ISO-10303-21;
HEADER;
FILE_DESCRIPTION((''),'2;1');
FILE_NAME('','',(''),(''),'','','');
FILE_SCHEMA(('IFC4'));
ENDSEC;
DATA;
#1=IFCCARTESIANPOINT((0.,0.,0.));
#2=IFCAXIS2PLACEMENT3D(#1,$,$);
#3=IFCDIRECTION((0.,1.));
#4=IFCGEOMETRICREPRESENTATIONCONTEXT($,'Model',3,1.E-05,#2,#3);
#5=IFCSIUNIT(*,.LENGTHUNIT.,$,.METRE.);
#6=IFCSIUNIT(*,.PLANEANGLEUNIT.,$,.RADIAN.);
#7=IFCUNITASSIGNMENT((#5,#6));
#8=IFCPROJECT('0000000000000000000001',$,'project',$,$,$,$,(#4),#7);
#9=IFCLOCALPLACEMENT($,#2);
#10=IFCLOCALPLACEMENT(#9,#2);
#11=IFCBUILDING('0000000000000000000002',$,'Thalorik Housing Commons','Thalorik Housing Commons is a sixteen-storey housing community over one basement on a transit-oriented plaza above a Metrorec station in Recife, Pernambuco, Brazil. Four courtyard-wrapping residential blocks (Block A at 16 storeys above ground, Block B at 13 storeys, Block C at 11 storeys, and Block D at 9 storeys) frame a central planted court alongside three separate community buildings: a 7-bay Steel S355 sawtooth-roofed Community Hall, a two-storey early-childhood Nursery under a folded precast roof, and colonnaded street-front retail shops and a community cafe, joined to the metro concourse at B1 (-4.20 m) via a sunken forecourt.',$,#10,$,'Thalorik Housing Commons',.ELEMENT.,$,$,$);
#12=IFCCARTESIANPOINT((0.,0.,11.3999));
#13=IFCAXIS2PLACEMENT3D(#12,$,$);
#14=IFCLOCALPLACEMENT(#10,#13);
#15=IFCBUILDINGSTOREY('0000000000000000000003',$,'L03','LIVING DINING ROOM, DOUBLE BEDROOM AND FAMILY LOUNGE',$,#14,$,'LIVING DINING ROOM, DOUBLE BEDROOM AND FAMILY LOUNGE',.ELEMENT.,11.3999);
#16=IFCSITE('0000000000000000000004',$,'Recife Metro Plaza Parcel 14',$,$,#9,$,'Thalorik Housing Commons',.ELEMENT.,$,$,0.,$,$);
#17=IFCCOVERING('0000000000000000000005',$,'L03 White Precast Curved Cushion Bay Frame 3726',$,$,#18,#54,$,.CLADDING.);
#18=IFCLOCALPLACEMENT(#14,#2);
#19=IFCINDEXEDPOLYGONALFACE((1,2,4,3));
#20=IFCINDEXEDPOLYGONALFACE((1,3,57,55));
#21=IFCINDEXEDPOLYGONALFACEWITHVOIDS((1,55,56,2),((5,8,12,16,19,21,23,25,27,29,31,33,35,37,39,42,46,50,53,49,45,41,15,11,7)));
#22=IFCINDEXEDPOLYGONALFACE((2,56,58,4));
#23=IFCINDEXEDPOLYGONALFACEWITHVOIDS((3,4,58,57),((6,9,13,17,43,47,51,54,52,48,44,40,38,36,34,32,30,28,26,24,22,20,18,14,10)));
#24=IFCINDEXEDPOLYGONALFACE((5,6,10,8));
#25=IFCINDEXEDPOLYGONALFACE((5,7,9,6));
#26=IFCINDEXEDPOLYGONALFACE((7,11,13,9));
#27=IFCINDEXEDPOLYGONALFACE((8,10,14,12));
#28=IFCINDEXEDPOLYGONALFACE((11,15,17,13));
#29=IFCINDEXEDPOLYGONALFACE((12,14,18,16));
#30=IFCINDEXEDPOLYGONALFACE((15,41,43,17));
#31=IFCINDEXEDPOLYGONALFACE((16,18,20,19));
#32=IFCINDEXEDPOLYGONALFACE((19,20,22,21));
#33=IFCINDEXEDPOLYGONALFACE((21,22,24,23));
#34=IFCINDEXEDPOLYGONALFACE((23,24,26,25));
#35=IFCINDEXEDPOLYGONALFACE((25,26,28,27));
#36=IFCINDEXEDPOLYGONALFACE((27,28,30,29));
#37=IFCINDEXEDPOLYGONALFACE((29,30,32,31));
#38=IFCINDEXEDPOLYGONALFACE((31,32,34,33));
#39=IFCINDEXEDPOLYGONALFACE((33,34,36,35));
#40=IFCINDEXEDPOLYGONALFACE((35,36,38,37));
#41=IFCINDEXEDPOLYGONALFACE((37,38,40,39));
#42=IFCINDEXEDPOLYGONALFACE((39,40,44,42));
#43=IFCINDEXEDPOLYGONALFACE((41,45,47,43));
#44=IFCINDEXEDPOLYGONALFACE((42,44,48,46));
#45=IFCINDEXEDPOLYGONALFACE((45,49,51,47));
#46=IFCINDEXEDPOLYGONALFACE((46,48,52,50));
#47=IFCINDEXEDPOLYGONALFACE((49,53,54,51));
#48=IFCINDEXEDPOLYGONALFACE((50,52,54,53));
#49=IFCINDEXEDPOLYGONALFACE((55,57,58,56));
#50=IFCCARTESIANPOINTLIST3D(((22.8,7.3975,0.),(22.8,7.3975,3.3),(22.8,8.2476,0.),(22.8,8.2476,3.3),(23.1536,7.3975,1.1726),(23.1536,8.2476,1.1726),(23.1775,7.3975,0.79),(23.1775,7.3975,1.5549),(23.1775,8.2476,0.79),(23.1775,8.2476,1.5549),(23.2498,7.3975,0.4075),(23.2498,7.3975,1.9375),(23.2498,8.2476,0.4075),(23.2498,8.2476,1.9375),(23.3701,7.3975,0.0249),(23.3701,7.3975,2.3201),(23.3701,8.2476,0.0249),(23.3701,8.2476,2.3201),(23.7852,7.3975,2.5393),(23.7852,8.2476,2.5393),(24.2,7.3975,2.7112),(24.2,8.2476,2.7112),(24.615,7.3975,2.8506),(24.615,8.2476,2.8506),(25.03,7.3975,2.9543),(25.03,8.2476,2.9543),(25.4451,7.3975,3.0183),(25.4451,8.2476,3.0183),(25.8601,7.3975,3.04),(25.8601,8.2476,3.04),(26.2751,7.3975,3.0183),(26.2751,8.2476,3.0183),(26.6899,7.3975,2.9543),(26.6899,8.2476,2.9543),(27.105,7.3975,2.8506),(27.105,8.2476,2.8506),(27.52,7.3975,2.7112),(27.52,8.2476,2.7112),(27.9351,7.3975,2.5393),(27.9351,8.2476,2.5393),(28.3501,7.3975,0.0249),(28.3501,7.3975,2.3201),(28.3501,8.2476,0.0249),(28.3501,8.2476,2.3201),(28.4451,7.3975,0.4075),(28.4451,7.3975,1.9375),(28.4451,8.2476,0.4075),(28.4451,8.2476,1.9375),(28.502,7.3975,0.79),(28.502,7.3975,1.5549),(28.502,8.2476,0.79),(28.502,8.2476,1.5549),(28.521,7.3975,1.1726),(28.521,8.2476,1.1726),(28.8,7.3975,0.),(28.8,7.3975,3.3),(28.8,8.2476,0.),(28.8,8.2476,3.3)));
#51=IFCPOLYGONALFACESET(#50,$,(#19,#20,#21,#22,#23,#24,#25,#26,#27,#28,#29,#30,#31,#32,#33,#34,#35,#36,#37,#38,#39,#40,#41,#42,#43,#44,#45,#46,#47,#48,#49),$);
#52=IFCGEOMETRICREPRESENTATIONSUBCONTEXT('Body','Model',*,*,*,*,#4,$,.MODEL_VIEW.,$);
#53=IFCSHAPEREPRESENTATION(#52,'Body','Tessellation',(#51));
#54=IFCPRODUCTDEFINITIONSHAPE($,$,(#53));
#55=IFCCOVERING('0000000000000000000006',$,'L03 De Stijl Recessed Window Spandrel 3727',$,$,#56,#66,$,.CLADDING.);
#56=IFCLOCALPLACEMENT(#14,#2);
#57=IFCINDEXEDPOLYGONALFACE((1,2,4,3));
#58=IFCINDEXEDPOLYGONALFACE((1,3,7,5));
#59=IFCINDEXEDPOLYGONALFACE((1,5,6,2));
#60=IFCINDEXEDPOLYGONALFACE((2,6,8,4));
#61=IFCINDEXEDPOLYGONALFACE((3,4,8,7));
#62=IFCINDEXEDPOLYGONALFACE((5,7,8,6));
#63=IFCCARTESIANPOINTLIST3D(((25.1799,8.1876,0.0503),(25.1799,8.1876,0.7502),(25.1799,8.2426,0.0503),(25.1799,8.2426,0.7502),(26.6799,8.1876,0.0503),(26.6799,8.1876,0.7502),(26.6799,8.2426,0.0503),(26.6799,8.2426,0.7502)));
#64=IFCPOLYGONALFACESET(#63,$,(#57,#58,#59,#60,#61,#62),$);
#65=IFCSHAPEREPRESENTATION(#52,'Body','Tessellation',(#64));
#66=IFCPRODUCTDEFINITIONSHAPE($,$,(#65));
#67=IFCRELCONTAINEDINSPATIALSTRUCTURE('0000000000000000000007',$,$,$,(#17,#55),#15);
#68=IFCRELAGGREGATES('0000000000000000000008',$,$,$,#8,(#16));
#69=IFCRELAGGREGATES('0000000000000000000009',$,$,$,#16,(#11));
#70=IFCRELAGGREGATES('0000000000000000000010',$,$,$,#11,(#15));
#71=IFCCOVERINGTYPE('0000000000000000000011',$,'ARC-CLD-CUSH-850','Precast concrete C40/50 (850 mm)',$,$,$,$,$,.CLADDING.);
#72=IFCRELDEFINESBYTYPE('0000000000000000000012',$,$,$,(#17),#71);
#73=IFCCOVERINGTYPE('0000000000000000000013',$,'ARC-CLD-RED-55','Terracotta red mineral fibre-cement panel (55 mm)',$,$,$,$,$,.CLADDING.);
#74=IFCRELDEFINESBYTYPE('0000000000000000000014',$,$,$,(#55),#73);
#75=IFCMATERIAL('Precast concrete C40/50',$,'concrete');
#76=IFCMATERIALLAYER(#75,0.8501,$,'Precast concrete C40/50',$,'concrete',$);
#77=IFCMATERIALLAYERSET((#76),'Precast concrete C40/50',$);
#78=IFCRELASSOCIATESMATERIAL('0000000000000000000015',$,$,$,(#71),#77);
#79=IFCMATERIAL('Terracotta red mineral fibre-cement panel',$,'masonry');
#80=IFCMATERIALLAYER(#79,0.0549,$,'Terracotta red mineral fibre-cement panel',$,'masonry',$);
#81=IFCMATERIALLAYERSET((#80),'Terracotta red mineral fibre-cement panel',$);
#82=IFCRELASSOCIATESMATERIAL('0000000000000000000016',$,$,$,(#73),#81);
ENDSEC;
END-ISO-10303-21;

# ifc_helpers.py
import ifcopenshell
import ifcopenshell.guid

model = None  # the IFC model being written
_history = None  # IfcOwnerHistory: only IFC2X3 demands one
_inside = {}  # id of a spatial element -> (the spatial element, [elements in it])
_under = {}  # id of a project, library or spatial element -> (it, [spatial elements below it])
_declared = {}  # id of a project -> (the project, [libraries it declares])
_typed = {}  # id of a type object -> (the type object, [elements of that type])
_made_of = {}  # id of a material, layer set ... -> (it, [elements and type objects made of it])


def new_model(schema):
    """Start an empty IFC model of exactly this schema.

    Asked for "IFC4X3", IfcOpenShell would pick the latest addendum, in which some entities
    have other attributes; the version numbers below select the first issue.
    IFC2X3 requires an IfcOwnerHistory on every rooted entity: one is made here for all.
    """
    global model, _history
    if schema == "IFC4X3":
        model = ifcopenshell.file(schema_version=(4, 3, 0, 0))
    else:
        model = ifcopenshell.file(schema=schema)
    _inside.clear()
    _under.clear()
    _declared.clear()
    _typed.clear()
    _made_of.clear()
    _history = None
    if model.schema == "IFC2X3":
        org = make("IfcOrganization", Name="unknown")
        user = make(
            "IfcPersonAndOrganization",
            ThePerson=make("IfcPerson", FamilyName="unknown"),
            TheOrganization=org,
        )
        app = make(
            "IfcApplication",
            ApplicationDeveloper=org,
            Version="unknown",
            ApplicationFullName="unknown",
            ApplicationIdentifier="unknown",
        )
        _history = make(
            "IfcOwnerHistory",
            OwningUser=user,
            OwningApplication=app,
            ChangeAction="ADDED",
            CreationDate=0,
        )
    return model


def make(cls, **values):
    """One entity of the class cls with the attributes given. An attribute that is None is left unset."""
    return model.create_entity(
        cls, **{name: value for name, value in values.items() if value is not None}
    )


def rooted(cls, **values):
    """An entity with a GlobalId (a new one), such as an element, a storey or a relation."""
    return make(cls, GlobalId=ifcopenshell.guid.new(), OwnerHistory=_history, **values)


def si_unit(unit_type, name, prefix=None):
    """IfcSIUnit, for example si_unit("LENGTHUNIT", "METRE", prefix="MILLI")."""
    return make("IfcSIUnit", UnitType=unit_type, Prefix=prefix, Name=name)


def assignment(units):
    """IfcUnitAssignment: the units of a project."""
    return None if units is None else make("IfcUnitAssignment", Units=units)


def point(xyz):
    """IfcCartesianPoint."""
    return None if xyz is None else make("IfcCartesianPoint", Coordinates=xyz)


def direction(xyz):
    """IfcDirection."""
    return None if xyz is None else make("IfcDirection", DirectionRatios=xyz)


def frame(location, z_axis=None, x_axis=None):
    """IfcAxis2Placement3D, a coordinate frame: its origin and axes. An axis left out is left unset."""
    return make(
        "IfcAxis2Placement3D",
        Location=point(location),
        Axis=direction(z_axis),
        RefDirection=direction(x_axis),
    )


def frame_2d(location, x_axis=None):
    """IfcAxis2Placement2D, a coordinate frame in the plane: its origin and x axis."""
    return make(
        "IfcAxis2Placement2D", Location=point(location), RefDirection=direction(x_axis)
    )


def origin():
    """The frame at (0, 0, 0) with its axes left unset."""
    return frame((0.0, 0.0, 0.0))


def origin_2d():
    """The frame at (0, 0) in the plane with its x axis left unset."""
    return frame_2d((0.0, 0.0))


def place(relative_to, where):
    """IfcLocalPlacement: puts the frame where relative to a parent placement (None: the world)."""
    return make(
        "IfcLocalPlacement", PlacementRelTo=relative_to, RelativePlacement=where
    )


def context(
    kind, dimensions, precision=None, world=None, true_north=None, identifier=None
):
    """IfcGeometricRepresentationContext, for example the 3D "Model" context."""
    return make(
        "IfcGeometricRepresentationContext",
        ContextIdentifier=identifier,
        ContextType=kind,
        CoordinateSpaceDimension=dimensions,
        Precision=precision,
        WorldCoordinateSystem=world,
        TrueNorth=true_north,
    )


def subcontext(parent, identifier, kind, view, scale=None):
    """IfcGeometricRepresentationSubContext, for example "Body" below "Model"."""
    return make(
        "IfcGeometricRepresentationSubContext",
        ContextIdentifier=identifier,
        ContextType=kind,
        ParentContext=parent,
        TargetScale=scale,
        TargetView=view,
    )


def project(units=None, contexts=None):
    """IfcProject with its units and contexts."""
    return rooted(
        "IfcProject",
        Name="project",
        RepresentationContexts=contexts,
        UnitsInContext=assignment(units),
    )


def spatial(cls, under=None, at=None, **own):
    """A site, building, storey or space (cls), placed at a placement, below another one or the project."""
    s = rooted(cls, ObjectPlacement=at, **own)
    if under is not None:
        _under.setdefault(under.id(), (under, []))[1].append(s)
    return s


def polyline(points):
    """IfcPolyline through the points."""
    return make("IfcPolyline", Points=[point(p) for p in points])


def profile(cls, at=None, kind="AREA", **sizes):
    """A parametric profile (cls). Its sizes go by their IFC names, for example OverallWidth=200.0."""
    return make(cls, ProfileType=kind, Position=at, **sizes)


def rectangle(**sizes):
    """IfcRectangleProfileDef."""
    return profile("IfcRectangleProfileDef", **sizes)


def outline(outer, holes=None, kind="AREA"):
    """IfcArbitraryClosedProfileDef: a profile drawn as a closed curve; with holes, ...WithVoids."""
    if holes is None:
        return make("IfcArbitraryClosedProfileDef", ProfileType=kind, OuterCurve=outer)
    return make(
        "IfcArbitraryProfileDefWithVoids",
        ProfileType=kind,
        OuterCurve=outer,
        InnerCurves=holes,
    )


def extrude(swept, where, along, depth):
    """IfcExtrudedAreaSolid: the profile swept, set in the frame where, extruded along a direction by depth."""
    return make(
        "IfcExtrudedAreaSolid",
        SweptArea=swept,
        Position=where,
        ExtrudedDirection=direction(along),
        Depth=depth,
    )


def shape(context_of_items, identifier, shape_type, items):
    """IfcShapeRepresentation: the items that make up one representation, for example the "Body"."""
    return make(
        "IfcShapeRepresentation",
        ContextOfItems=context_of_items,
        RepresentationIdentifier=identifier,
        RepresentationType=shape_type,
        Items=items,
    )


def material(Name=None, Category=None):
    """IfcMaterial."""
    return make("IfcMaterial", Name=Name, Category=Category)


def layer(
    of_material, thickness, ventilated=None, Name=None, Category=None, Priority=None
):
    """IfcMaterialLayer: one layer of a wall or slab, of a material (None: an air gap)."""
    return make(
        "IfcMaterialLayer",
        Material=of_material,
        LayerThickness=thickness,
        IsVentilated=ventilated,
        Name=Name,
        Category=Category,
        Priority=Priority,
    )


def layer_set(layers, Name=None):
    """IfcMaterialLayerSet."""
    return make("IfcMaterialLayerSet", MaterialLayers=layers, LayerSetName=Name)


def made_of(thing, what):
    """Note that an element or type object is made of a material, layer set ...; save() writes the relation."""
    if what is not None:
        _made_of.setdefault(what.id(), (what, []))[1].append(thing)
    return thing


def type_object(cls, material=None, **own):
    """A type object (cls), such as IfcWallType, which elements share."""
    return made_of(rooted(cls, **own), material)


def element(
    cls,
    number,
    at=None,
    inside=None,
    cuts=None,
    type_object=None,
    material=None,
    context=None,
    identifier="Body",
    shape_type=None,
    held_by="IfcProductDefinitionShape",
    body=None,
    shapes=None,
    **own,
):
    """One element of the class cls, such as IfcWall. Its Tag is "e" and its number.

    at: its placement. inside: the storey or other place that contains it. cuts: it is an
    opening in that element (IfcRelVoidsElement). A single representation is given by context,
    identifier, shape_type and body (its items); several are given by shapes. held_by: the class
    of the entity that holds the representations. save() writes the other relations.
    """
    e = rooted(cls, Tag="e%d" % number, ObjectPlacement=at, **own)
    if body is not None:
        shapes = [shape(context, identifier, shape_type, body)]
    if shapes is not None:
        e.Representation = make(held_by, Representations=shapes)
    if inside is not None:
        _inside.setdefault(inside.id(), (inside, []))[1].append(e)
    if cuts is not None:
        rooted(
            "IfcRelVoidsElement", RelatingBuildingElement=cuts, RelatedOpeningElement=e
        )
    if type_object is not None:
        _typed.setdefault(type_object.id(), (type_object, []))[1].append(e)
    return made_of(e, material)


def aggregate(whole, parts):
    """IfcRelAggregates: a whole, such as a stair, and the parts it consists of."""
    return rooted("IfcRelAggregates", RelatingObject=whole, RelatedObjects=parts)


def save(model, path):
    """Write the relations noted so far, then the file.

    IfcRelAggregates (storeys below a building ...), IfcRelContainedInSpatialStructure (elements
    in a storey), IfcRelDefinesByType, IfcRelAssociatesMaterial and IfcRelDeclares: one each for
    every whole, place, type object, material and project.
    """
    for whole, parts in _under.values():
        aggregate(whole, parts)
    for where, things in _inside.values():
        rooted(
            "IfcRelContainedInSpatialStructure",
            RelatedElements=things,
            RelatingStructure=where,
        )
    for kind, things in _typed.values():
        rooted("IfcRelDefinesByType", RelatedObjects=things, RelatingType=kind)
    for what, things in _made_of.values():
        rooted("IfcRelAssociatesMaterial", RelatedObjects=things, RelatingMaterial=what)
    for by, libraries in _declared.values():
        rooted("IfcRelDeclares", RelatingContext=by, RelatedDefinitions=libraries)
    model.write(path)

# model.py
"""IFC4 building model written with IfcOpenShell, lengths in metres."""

from ifc_helpers import new_model, si_unit, direction, frame, origin, origin_2d, place, context, subcontext, project, spatial, polyline, rectangle, outline, extrude, material, layer, layer_set, type_object, element, save


model = new_model("IFC4")

# Units and contexts
model_context = context("Model", 3, precision=1e-05, world=origin(), true_north=direction((0.0, 1.0)))
body_context = subcontext(model_context, "Body", "Model", "MODEL_VIEW")
ifc_project = project(units=[si_unit("LENGTHUNIT", "METRE"), si_unit("PLANEANGLEUNIT", "RADIAN")], contexts=[model_context])

# Site, building, storey
site_placement = place(None, origin())
site = spatial("IfcSite", under=ifc_project, at=site_placement, Name="Recife Metro Plaza Parcel 14", LongName="Thalorik Housing Commons", CompositionType="ELEMENT", RefElevation=0.0)
building_placement = place(site_placement, origin())
building = spatial("IfcBuilding", under=site, at=building_placement, Name="Thalorik Housing Commons", Description="Thalorik Housing Commons is a sixteen-storey housing community over one basement on a transit-oriented plaza above a Metrorec station in Recife, Pernambuco, Brazil. Four courtyard-wrapping residential blocks (Block A at 16 storeys above ground, Block B at 13 storeys, Block C at 11 storeys, and Block D at 9 storeys) frame a central planted court alongside three separate community buildings: a 7-bay Steel S355 sawtooth-roofed Community Hall, a two-storey early-childhood Nursery under a folded precast roof, and colonnaded street-front retail shops and a community cafe, joined to the metro concourse at B1 (-4.20 m) via a sunken forecourt.", LongName="Thalorik Housing Commons", CompositionType="ELEMENT")
storey_placement = place(building_placement, frame((0.0, 0.0, 11.3999)))
storey = spatial("IfcBuildingStorey", under=building, at=storey_placement, Name="L03", Description="LIVING DINING ROOM, DOUBLE BEDROOM AND FAMILY LOUNGE", LongName="LIVING DINING ROOM, DOUBLE BEDROOM AND FAMILY LOUNGE", CompositionType="ELEMENT", Elevation=11.3999)

# Shared definitions
ifc_material_1 = material(Name="Precast concrete C40/50", Category="concrete")

# Coverings
ifc_layer_1 = layer(ifc_material_1, 0.8501, Name="Precast concrete C40/50", Category="concrete")
ifc_layer_set_1 = layer_set([ifc_layer_1], Name="Precast concrete C40/50")
covering_type_1 = type_object("IfcCoveringType", Name="ARC-CLD-CUSH-850", Description="Precast concrete C40/50 (850 mm)", PredefinedType="CLADDING", material=ifc_layer_set_1)
covering_1_placement = place(storey_placement, frame((25.8, 7.8225, 0.0), z_axis=(0.0, 0.0, 1.0), x_axis=(1.0, 0.0, 0.0)))
element("IfcCovering", 1, at=covering_1_placement, inside=storey, type_object=covering_type_1, Name="L03 White Precast Curved Cushion Bay Frame 3726", PredefinedType="CLADDING", context=body_context, shape_type="SweptSolid", body=[
    extrude(outline(polyline([(-3.0, 0.0), (3.0, 0.0), (3.0, 3.3), (-3.0, 3.3), (-3.0, 0.0)]), holes=[polyline([(2.55, 0.0249), (2.645, 0.4075), (2.7019, 0.79), (2.7209, 1.1726), (2.7019, 1.5549), (2.645, 1.9375), (2.55, 2.3201), (2.135, 2.5393), (1.72, 2.7112), (1.3049, 2.8506), (0.8899, 2.9543), (0.4751, 3.0183), (0.0601, 3.04), (-0.355, 3.0183), (-0.77, 2.9543), (-1.1851, 2.8506), (-1.6001, 2.7112), (-2.0149, 2.5393), (-2.4299, 2.3201), (-2.5503, 1.9375), (-2.6226, 1.5549), (-2.6465, 1.1726), (-2.6226, 0.79), (-2.5503, 0.4075), (-2.4299, 0.0249), (2.55, 0.0249)])]), frame((0.0, 0.425, 0.0), z_axis=(0.0, -1.0, 0.0), x_axis=(1.0, 0.0, 0.0)), (0.0, 0.0, 1.0), 0.8501),
])
ifc_material_2 = material(Name="Terracotta red mineral fibre-cement panel", Category="masonry")
ifc_layer_2 = layer(ifc_material_2, 0.0549, Name="Terracotta red mineral fibre-cement panel", Category="masonry")
ifc_layer_set_2 = layer_set([ifc_layer_2], Name="Terracotta red mineral fibre-cement panel")
covering_type_2 = type_object("IfcCoveringType", Name="ARC-CLD-RED-55", Description="Terracotta red mineral fibre-cement panel (55 mm)", PredefinedType="CLADDING", material=ifc_layer_set_2)
covering_2_placement = place(storey_placement, frame((25.9299, 8.2151, 0.0503), z_axis=(0.0, 0.0, 1.0), x_axis=(1.0, 0.0, 0.0)))
element("IfcCovering", 2, at=covering_2_placement, inside=storey, type_object=covering_type_2, Name="L03 De Stijl Recessed Window Spandrel 3727", PredefinedType="CLADDING", context=body_context, shape_type="SweptSolid", body=[
    extrude(rectangle(XDim=1.5, YDim=0.0549, at=origin_2d()), origin(), (0.0, 0.0, 1.0), 0.7),
])

save(model, "model.ifc")
